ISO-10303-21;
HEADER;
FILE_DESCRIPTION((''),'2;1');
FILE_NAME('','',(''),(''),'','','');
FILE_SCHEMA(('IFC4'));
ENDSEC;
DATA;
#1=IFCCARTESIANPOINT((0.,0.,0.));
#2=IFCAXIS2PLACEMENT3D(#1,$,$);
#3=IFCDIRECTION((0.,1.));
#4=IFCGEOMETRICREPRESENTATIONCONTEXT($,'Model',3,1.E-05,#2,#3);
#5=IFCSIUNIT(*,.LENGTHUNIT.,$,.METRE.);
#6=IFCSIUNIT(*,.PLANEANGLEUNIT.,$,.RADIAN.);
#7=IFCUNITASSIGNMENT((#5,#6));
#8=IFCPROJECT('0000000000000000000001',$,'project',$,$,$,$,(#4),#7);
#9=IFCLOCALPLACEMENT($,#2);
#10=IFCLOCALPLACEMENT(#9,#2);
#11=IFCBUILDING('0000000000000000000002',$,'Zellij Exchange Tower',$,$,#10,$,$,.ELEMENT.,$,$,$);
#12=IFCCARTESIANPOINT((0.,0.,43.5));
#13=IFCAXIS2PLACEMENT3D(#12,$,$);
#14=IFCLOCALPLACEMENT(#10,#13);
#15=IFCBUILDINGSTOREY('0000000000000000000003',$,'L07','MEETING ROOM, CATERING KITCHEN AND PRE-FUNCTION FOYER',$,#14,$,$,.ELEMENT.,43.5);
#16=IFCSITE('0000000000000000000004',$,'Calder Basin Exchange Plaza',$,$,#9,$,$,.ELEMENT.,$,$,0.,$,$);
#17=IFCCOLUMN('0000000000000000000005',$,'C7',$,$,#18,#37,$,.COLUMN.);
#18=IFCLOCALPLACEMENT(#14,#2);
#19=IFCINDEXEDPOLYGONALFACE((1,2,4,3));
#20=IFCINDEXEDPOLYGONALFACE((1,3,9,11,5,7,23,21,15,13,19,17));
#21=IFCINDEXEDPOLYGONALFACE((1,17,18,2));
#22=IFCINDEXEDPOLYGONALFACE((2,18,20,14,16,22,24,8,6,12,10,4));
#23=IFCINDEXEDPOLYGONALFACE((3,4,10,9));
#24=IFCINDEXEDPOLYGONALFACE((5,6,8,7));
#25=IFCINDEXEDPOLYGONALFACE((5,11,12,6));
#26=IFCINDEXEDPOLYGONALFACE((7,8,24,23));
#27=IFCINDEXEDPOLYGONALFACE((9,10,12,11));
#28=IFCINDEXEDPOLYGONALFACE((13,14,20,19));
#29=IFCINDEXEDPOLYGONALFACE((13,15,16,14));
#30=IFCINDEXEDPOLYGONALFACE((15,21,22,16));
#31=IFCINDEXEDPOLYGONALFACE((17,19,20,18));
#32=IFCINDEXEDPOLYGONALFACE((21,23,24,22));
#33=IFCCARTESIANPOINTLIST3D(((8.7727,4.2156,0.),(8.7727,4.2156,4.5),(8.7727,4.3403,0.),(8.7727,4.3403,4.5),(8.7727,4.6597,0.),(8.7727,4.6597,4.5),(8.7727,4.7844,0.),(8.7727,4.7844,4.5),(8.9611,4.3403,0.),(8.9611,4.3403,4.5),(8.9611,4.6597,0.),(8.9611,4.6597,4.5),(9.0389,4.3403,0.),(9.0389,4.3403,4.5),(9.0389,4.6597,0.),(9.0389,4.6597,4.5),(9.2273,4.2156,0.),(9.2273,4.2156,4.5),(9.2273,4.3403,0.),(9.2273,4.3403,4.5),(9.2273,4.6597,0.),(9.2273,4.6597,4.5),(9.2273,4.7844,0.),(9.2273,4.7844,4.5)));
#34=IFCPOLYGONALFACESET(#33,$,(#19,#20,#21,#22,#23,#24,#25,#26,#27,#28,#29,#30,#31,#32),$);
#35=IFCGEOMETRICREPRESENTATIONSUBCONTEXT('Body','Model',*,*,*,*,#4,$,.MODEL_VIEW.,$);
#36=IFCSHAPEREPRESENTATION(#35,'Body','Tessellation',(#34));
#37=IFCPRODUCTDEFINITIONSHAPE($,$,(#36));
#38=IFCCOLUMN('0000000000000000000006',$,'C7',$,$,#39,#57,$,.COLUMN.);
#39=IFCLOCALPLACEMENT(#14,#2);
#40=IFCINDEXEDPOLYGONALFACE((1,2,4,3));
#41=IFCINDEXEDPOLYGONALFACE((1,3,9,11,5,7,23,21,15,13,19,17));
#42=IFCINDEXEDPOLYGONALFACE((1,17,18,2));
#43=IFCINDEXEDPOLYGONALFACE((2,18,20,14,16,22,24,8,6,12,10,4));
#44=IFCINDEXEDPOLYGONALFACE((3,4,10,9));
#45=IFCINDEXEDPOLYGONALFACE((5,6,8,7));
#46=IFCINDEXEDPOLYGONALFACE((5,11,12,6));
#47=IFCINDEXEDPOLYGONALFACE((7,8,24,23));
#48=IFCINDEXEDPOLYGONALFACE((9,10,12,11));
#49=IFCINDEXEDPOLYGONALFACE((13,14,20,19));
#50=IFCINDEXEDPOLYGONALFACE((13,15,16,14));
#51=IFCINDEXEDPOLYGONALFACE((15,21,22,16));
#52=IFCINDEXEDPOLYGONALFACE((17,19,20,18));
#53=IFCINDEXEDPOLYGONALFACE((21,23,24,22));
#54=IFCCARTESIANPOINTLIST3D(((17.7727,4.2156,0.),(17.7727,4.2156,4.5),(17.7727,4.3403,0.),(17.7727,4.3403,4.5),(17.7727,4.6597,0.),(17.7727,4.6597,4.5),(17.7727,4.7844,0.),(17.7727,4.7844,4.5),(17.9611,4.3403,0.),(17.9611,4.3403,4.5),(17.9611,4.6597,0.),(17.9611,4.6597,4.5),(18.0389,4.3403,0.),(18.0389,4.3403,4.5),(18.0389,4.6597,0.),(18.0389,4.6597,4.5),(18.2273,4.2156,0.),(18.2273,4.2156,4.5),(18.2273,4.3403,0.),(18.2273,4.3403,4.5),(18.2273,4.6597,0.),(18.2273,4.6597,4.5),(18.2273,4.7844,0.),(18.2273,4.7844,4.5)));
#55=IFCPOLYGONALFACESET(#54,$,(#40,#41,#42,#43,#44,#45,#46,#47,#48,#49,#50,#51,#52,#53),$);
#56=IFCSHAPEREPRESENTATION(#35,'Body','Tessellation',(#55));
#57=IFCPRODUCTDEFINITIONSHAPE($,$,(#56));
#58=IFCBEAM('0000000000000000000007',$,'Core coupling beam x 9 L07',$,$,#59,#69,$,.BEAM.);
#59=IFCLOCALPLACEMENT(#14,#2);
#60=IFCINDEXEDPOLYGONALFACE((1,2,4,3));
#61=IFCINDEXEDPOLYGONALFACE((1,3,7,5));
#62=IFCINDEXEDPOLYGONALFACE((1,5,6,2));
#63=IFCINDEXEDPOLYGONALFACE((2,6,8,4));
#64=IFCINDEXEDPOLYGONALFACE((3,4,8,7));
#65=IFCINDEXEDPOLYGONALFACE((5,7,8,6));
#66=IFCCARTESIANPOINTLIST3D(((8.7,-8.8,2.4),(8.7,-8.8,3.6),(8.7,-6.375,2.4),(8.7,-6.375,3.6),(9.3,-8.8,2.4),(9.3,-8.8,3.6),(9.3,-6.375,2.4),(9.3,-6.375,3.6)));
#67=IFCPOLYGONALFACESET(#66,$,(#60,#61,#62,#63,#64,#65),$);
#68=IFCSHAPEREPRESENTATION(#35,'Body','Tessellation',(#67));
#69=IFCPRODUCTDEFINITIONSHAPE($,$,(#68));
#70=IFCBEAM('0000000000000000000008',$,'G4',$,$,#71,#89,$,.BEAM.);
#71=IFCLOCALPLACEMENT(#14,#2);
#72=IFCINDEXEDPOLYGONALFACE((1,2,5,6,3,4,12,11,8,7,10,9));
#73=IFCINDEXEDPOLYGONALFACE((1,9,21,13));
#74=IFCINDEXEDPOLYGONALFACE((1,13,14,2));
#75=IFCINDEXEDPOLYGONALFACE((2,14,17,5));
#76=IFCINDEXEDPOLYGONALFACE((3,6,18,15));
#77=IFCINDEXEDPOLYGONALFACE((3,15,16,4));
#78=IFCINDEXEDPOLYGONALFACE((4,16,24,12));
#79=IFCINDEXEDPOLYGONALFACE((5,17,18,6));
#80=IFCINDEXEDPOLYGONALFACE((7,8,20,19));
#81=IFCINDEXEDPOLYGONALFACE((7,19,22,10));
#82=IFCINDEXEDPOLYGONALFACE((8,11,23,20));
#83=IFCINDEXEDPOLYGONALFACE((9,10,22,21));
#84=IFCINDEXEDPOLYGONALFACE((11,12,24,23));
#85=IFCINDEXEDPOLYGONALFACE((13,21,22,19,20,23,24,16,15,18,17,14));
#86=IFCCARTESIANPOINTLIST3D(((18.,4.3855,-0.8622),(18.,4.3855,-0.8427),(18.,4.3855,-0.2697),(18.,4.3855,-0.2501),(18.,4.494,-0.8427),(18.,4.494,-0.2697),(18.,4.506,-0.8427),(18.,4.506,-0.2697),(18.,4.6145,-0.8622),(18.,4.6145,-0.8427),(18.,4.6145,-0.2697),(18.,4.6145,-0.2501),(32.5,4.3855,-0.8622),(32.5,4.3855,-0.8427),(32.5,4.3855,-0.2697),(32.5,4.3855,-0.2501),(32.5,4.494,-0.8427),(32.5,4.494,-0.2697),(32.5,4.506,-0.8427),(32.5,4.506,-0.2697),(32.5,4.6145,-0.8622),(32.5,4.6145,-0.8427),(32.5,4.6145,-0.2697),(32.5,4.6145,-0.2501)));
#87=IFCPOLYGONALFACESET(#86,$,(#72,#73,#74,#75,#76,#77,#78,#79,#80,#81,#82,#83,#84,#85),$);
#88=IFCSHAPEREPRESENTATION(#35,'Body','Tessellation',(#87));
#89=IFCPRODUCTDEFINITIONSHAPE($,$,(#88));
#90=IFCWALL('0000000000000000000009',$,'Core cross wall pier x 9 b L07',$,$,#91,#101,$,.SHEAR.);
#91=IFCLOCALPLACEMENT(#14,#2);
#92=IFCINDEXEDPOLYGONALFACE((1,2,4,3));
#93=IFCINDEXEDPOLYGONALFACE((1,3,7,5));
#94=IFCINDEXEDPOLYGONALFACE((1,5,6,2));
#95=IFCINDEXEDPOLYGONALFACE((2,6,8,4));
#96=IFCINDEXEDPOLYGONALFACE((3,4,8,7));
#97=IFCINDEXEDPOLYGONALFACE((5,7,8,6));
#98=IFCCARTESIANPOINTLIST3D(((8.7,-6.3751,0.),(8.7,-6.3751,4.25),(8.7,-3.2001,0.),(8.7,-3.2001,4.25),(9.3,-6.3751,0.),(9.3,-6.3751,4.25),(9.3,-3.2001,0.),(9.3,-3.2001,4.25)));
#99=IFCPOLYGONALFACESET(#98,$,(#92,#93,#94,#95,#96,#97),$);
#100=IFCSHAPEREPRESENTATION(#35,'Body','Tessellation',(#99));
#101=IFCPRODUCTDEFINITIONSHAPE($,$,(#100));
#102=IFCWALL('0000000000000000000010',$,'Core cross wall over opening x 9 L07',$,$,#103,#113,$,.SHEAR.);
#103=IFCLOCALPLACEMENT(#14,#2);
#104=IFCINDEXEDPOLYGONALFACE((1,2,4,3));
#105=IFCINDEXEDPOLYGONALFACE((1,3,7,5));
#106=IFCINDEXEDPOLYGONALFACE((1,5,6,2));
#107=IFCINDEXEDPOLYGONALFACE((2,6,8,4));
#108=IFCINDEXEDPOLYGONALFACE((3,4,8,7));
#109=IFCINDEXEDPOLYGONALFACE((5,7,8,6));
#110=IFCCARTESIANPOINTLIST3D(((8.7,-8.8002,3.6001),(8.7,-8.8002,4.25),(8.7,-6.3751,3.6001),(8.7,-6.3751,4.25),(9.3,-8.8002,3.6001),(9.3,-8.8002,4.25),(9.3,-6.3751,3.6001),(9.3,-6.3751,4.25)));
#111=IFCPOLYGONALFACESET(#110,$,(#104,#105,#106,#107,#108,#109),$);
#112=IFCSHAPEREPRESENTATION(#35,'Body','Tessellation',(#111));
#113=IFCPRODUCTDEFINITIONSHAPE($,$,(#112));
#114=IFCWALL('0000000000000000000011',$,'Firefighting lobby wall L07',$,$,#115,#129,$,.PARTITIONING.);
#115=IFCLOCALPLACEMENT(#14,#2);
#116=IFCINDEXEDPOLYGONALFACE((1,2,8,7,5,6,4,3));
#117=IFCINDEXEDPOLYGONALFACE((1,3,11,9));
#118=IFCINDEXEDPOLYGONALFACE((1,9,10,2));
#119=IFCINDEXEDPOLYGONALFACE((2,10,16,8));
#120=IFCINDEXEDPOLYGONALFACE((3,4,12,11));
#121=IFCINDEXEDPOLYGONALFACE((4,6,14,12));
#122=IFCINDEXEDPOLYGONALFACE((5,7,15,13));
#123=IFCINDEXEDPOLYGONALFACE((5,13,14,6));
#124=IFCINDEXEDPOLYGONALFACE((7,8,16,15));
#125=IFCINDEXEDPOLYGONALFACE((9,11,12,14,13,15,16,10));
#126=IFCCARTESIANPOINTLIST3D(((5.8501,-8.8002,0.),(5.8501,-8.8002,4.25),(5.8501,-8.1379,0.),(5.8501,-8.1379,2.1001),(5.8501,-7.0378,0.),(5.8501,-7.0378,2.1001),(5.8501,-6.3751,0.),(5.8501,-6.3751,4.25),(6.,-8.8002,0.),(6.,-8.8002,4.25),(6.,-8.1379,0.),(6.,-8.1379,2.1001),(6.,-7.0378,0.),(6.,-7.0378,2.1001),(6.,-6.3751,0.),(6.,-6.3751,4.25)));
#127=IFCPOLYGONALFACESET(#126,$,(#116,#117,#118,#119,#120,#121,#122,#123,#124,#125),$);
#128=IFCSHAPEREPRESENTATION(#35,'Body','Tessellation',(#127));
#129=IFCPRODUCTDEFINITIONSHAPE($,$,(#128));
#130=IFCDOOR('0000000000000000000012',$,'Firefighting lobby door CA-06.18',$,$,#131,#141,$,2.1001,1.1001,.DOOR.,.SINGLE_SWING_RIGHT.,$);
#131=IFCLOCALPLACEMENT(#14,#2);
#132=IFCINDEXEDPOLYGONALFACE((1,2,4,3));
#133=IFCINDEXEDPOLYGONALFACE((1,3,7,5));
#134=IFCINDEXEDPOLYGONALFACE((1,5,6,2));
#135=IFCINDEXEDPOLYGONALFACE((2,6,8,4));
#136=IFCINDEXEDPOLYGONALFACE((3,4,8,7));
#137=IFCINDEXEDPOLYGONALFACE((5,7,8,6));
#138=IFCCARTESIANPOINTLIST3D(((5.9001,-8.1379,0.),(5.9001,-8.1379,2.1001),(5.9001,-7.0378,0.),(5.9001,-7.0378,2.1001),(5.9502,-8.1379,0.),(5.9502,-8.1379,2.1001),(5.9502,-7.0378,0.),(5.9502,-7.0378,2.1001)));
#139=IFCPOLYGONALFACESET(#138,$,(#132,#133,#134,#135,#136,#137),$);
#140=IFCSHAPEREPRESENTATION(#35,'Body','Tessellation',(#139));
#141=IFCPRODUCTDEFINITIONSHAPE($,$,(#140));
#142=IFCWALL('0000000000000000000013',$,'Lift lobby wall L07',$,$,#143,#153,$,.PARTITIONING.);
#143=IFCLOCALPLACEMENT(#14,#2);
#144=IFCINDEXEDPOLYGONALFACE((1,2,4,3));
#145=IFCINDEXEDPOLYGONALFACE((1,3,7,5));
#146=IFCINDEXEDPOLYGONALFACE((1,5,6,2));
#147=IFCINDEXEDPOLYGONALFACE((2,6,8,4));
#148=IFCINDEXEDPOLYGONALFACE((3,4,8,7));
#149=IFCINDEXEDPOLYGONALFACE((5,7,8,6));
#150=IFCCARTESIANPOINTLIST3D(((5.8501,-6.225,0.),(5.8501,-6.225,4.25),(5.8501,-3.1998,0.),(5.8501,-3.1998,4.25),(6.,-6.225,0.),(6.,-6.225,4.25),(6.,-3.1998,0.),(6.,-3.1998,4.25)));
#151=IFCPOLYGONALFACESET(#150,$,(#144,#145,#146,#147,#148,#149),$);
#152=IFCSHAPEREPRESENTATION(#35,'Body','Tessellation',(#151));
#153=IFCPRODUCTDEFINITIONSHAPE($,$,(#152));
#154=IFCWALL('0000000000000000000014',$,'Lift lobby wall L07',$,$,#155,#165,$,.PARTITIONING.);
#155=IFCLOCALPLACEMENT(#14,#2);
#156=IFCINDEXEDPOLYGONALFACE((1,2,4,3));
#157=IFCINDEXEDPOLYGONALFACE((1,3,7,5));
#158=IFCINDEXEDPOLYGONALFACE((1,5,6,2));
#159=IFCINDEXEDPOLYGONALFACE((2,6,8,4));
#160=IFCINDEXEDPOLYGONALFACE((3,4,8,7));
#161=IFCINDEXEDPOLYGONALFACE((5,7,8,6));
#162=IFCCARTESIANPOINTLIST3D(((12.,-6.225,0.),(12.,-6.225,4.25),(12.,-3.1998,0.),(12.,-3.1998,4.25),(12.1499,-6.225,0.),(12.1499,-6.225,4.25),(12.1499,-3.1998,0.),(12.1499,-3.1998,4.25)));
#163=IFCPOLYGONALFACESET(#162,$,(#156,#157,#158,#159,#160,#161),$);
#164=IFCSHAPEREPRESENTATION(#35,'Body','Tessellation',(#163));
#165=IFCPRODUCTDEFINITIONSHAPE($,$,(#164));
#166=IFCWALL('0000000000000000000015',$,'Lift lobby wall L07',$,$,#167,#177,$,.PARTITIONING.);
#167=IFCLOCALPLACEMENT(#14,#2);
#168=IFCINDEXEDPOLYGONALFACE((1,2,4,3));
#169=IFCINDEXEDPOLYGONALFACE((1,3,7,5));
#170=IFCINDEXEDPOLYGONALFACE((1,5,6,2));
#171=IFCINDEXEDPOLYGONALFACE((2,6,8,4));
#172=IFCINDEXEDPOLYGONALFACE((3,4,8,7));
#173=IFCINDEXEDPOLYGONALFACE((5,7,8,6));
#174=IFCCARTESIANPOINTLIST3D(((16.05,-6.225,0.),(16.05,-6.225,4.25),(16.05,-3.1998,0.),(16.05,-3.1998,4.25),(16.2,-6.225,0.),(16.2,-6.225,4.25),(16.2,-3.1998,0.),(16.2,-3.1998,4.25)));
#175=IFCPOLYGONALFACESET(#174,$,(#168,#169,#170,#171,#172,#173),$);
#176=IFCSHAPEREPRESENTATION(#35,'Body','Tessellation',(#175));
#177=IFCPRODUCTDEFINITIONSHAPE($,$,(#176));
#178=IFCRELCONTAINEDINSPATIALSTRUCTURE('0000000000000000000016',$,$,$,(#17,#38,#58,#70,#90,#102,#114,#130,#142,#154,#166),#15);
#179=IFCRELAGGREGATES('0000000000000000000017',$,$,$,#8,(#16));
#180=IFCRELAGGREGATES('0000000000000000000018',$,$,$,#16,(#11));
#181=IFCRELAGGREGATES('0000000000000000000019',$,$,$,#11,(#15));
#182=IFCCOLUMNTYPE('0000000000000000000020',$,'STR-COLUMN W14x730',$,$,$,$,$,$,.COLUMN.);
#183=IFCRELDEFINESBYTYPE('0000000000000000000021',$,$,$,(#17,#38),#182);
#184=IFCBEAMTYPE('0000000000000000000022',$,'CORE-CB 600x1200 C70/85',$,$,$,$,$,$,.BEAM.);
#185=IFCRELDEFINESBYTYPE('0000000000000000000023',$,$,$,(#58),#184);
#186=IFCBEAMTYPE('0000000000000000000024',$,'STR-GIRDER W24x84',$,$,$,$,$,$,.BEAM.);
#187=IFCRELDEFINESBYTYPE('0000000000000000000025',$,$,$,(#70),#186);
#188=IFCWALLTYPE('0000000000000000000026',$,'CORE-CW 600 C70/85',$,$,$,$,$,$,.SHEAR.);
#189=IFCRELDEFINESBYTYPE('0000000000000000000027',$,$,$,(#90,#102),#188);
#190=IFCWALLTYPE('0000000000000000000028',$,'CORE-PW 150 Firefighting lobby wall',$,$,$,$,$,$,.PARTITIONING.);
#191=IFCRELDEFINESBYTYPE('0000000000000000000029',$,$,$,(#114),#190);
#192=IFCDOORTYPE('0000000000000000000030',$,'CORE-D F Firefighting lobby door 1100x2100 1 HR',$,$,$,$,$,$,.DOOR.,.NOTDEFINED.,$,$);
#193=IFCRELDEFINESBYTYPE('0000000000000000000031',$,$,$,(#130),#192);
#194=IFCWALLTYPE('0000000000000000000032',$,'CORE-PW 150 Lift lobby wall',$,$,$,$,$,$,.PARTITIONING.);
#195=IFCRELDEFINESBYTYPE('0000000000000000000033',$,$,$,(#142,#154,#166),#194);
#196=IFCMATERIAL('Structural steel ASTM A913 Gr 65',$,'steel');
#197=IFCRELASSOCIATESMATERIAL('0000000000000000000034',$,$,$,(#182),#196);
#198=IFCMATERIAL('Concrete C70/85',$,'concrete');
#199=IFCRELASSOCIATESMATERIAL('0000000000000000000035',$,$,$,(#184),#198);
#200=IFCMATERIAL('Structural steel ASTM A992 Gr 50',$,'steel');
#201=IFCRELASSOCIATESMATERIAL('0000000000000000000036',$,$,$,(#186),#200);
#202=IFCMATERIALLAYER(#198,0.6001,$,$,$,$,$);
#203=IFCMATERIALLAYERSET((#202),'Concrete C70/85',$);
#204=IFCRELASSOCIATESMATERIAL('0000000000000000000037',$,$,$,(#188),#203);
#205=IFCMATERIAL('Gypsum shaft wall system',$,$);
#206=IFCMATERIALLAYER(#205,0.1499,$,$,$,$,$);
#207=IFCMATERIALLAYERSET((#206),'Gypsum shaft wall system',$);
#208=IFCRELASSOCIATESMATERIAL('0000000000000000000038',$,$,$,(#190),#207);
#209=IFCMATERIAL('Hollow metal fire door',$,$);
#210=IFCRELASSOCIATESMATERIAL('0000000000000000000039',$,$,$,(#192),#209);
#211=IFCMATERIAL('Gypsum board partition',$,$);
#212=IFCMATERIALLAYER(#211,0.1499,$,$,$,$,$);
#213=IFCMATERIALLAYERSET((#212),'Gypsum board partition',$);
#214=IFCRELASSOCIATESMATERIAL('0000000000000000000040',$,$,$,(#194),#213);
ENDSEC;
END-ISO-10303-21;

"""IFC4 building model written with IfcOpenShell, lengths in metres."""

from ifc_helpers import new_model, si_unit, direction, frame, frame_2d, origin, origin_2d, place, context, subcontext, project, spatial, rectangle, i_section, extrude, material, layer, layer_set, material_profile, profile_set, type_object, element, fill, save


model = new_model("IFC4")

# Units and contexts
model_context = context("Model", 3, precision=1e-05, world=origin(), true_north=direction((0.0, 1.0)))
body_context = subcontext(model_context, "Body", "Model", "MODEL_VIEW")
ifc_project = project(units=[si_unit("LENGTHUNIT", "METRE"), si_unit("PLANEANGLEUNIT", "RADIAN")], contexts=[model_context])

# Site, building, storey
site_placement = place(None, origin())
site = spatial("IfcSite", under=ifc_project, at=site_placement, Name="Calder Basin Exchange Plaza", CompositionType="ELEMENT", RefElevation=0.0)
building_placement = place(site_placement, origin())
building = spatial("IfcBuilding", under=site, at=building_placement, Name="Zellij Exchange Tower", CompositionType="ELEMENT")
storey_placement = place(building_placement, frame((0.0, 0.0, 43.5)))
storey = spatial("IfcBuildingStorey", under=building, at=storey_placement, Name="L07", Description="MEETING ROOM, CATERING KITCHEN AND PRE-FUNCTION FOYER", CompositionType="ELEMENT", Elevation=43.5)

# Columns
ifc_material_1 = material(Name="Structural steel ASTM A913 Gr 65", Category="steel")
ifc_material_profile_1 = material_profile(ifc_material_1, i_section(OverallWidth=0.4546, OverallDepth=0.5688, WebThickness=0.0779, FlangeThickness=0.1248, at=origin_2d()), Name="W14x730")
ifc_profile_set_1 = profile_set([ifc_material_profile_1], Name="Structural steel ASTM A913 Gr 65")
column_type = type_object("IfcColumnType", Name="STR-COLUMN W14x730", PredefinedType="COLUMN", material=ifc_profile_set_1)
for number, where, z_axis, x_axis, name in (
    (1, (9.0, 4.5, 0.0), (0.0, 0.0, 1.0), (1.0, 0.0, 0.0), "C7"),
    (2, (18.0, 4.5, 0.0), (0.0, 0.0, 1.0), (1.0, 0.0, 0.0), "C7"),
):
    element("IfcColumn", number, at=place(storey_placement, frame(where, z_axis=z_axis, x_axis=x_axis)), inside=storey, type_object=column_type, Name=name, PredefinedType="COLUMN", context=body_context, shape_type="SweptSolid", body=[
        extrude(i_section(OverallWidth=0.4546, OverallDepth=0.5688, WebThickness=0.0779, FlangeThickness=0.1248, at=origin_2d()), origin(), (0.0, 0.0, 1.0), 4.5),
    ])

# Beams
ifc_material_2 = material(Name="Concrete C70/85", Category="concrete")
ifc_material_profile_2 = material_profile(ifc_material_2, rectangle(XDim=0.6001, YDim=1.2, at=origin_2d()), Name="CORE-CB 600x1200 C70/85")
ifc_profile_set_2 = profile_set([ifc_material_profile_2], Name="Concrete C70/85")
beam_type_1 = type_object("IfcBeamType", Name="CORE-CB 600x1200 C70/85", PredefinedType="BEAM", material=ifc_profile_set_2)
beam_1_placement = place(storey_placement, frame((9.0, -8.8, 3.0), z_axis=(0.0, 1.0, 0.0), x_axis=(-1.0, 0.0, 0.0)))
element("IfcBeam", 3, at=beam_1_placement, inside=storey, type_object=beam_type_1, Name="Core coupling beam x 9 L07", PredefinedType="BEAM", context=body_context, shape_type="SweptSolid", body=[
    extrude(rectangle(XDim=0.6001, YDim=1.2, at=origin_2d()), origin(), (0.0, 0.0, 1.0), 2.425),
])
ifc_material_3 = material(Name="Structural steel ASTM A992 Gr 50", Category="steel")
ifc_material_profile_3 = material_profile(ifc_material_3, i_section(OverallWidth=0.229, OverallDepth=0.6121, WebThickness=0.012, FlangeThickness=0.0195, at=origin_2d()), Name="W24x84")
ifc_profile_set_3 = profile_set([ifc_material_profile_3], Name="Structural steel ASTM A992 Gr 50")
beam_type_2 = type_object("IfcBeamType", Name="STR-GIRDER W24x84", PredefinedType="BEAM", material=ifc_profile_set_3)
beam_2_placement = place(storey_placement, frame((18.0, 4.5, -0.5562), z_axis=(1.0, 0.0, 0.0), x_axis=(0.0, 1.0, 0.0)))
element("IfcBeam", 4, at=beam_2_placement, inside=storey, type_object=beam_type_2, Name="G4", PredefinedType="BEAM", context=body_context, shape_type="SweptSolid", body=[
    extrude(i_section(OverallWidth=0.229, OverallDepth=0.6121, WebThickness=0.012, FlangeThickness=0.0195, at=origin_2d()), origin(), (0.0, 0.0, 1.0), 14.5),
])

# Walls
ifc_layer_1 = layer(ifc_material_2, 0.6001)
ifc_layer_set_1 = layer_set([ifc_layer_1], Name="Concrete C70/85")
wall_type_1 = type_object("IfcWallType", Name="CORE-CW 600 C70/85", PredefinedType="SHEAR", material=ifc_layer_set_1)
wall_1_placement = place(storey_placement, frame((9.0, -6.375, 0.0), z_axis=(0.0, 0.0, 1.0), x_axis=(0.0, 1.0, 0.0)))
element("IfcWall", 5, at=wall_1_placement, inside=storey, type_object=wall_type_1, Name="Core cross wall pier x 9 b L07", PredefinedType="SHEAR", context=body_context, shape_type="SweptSolid", body=[
    extrude(rectangle(XDim=3.175, YDim=0.6001, at=frame_2d((1.5874, 0.0))), origin(), (0.0, 0.0, 1.0), 4.25),
])
wall_2_placement = place(storey_placement, frame((9.0, -8.8, 3.6001), z_axis=(0.0, 0.0, 1.0), x_axis=(0.0, 1.0, 0.0)))
element("IfcWall", 6, at=wall_2_placement, inside=storey, type_object=wall_type_1, Name="Core cross wall over opening x 9 L07", PredefinedType="SHEAR", context=body_context, shape_type="SweptSolid", body=[
    extrude(rectangle(XDim=2.425, YDim=0.6001, at=frame_2d((1.2124, 0.0))), origin(), (0.0, 0.0, 1.0), 0.6499),
])

# Wall, opening, door
ifc_material_4 = material(Name="Gypsum shaft wall system")
ifc_layer_2 = layer(ifc_material_4, 0.1499)
ifc_layer_set_2 = layer_set([ifc_layer_2], Name="Gypsum shaft wall system")
wall_type_2 = type_object("IfcWallType", Name="CORE-PW 150 Firefighting lobby wall", PredefinedType="PARTITIONING", material=ifc_layer_set_2)
wall_3_placement = place(storey_placement, frame((5.925, -8.8, 0.0), z_axis=(0.0, 0.0, 1.0), x_axis=(0.0, 1.0, 0.0)))
wall_3 = element("IfcWall", 7, at=wall_3_placement, inside=storey, type_object=wall_type_2, Name="Firefighting lobby wall L07", PredefinedType="PARTITIONING", context=body_context, shape_type="SweptSolid", body=[
    extrude(rectangle(XDim=2.425, YDim=0.1499, at=frame_2d((1.2124, 0.0))), origin(), (0.0, 0.0, 1.0), 4.25),
])
opening_1_placement = place(wall_3_placement, frame((0.6621, 0.0, 0.0)))
opening_1 = element("IfcOpeningElement", 8, at=opening_1_placement, cuts=wall_3, PredefinedType="OPENING", context=body_context, shape_type="SweptSolid", body=[
    extrude(rectangle(XDim=1.1001, YDim=2.1001, at=frame_2d((0.55, 1.05))), frame((0.0, 0.0869, 0.0), z_axis=(0.0, -1.0, 0.0), x_axis=(1.0, 0.0, 0.0)), (0.0, 0.0, 1.0), 0.1738),
])
ifc_material_5 = material(Name="Hollow metal fire door")
door_type_1 = type_object("IfcDoorType", Name="CORE-D F Firefighting lobby door 1100x2100 1 HR", OperationType="NOTDEFINED", PredefinedType="DOOR", material=ifc_material_5)
door_1_placement = place(opening_1_placement, origin())
door_1 = element("IfcDoor", 9, at=door_1_placement, inside=storey, type_object=door_type_1, Name="Firefighting lobby door CA-06.18", OperationType="SINGLE_SWING_RIGHT", OverallHeight=2.1001, OverallWidth=1.1001, PredefinedType="DOOR", context=body_context, shape_type="SweptSolid", body=[
    extrude(rectangle(XDim=1.1001, YDim=2.1001, at=frame_2d((0.55, 1.05))), frame((0.0, 0.0249, 0.0), z_axis=(0.0, -1.0, 0.0), x_axis=(1.0, 0.0, 0.0)), (0.0, 0.0, 1.0), 0.05),
])
fill(opening_1, door_1)

# Walls
ifc_material_6 = material(Name="Gypsum board partition")
ifc_layer_3 = layer(ifc_material_6, 0.1499)
ifc_layer_set_3 = layer_set([ifc_layer_3], Name="Gypsum board partition")
wall_type_3 = type_object("IfcWallType", Name="CORE-PW 150 Lift lobby wall", PredefinedType="PARTITIONING", material=ifc_layer_set_3)
for number, where, z_axis, x_axis, name in (
    (10, (5.925, -6.2251, 0.0), (0.0, 0.0, 1.0), (0.0, 1.0, 0.0), "Lift lobby wall L07"),
    (11, (12.075, -6.2251, 0.0), (0.0, 0.0, 1.0), (0.0, 1.0, 0.0), "Lift lobby wall L07"),
    (12, (16.125, -6.2251, 0.0), (0.0, 0.0, 1.0), (0.0, 1.0, 0.0), "Lift lobby wall L07"),
):
    element("IfcWall", number, at=place(storey_placement, frame(where, z_axis=z_axis, x_axis=x_axis)), inside=storey, type_object=wall_type_3, Name=name, PredefinedType="PARTITIONING", context=body_context, shape_type="SweptSolid", body=[
        extrude(rectangle(XDim=3.0251, YDim=0.1499, at=frame_2d((1.5127, 0.0))), origin(), (0.0, 0.0, 1.0), 4.25),
    ])

save(model, "model.ifc")
